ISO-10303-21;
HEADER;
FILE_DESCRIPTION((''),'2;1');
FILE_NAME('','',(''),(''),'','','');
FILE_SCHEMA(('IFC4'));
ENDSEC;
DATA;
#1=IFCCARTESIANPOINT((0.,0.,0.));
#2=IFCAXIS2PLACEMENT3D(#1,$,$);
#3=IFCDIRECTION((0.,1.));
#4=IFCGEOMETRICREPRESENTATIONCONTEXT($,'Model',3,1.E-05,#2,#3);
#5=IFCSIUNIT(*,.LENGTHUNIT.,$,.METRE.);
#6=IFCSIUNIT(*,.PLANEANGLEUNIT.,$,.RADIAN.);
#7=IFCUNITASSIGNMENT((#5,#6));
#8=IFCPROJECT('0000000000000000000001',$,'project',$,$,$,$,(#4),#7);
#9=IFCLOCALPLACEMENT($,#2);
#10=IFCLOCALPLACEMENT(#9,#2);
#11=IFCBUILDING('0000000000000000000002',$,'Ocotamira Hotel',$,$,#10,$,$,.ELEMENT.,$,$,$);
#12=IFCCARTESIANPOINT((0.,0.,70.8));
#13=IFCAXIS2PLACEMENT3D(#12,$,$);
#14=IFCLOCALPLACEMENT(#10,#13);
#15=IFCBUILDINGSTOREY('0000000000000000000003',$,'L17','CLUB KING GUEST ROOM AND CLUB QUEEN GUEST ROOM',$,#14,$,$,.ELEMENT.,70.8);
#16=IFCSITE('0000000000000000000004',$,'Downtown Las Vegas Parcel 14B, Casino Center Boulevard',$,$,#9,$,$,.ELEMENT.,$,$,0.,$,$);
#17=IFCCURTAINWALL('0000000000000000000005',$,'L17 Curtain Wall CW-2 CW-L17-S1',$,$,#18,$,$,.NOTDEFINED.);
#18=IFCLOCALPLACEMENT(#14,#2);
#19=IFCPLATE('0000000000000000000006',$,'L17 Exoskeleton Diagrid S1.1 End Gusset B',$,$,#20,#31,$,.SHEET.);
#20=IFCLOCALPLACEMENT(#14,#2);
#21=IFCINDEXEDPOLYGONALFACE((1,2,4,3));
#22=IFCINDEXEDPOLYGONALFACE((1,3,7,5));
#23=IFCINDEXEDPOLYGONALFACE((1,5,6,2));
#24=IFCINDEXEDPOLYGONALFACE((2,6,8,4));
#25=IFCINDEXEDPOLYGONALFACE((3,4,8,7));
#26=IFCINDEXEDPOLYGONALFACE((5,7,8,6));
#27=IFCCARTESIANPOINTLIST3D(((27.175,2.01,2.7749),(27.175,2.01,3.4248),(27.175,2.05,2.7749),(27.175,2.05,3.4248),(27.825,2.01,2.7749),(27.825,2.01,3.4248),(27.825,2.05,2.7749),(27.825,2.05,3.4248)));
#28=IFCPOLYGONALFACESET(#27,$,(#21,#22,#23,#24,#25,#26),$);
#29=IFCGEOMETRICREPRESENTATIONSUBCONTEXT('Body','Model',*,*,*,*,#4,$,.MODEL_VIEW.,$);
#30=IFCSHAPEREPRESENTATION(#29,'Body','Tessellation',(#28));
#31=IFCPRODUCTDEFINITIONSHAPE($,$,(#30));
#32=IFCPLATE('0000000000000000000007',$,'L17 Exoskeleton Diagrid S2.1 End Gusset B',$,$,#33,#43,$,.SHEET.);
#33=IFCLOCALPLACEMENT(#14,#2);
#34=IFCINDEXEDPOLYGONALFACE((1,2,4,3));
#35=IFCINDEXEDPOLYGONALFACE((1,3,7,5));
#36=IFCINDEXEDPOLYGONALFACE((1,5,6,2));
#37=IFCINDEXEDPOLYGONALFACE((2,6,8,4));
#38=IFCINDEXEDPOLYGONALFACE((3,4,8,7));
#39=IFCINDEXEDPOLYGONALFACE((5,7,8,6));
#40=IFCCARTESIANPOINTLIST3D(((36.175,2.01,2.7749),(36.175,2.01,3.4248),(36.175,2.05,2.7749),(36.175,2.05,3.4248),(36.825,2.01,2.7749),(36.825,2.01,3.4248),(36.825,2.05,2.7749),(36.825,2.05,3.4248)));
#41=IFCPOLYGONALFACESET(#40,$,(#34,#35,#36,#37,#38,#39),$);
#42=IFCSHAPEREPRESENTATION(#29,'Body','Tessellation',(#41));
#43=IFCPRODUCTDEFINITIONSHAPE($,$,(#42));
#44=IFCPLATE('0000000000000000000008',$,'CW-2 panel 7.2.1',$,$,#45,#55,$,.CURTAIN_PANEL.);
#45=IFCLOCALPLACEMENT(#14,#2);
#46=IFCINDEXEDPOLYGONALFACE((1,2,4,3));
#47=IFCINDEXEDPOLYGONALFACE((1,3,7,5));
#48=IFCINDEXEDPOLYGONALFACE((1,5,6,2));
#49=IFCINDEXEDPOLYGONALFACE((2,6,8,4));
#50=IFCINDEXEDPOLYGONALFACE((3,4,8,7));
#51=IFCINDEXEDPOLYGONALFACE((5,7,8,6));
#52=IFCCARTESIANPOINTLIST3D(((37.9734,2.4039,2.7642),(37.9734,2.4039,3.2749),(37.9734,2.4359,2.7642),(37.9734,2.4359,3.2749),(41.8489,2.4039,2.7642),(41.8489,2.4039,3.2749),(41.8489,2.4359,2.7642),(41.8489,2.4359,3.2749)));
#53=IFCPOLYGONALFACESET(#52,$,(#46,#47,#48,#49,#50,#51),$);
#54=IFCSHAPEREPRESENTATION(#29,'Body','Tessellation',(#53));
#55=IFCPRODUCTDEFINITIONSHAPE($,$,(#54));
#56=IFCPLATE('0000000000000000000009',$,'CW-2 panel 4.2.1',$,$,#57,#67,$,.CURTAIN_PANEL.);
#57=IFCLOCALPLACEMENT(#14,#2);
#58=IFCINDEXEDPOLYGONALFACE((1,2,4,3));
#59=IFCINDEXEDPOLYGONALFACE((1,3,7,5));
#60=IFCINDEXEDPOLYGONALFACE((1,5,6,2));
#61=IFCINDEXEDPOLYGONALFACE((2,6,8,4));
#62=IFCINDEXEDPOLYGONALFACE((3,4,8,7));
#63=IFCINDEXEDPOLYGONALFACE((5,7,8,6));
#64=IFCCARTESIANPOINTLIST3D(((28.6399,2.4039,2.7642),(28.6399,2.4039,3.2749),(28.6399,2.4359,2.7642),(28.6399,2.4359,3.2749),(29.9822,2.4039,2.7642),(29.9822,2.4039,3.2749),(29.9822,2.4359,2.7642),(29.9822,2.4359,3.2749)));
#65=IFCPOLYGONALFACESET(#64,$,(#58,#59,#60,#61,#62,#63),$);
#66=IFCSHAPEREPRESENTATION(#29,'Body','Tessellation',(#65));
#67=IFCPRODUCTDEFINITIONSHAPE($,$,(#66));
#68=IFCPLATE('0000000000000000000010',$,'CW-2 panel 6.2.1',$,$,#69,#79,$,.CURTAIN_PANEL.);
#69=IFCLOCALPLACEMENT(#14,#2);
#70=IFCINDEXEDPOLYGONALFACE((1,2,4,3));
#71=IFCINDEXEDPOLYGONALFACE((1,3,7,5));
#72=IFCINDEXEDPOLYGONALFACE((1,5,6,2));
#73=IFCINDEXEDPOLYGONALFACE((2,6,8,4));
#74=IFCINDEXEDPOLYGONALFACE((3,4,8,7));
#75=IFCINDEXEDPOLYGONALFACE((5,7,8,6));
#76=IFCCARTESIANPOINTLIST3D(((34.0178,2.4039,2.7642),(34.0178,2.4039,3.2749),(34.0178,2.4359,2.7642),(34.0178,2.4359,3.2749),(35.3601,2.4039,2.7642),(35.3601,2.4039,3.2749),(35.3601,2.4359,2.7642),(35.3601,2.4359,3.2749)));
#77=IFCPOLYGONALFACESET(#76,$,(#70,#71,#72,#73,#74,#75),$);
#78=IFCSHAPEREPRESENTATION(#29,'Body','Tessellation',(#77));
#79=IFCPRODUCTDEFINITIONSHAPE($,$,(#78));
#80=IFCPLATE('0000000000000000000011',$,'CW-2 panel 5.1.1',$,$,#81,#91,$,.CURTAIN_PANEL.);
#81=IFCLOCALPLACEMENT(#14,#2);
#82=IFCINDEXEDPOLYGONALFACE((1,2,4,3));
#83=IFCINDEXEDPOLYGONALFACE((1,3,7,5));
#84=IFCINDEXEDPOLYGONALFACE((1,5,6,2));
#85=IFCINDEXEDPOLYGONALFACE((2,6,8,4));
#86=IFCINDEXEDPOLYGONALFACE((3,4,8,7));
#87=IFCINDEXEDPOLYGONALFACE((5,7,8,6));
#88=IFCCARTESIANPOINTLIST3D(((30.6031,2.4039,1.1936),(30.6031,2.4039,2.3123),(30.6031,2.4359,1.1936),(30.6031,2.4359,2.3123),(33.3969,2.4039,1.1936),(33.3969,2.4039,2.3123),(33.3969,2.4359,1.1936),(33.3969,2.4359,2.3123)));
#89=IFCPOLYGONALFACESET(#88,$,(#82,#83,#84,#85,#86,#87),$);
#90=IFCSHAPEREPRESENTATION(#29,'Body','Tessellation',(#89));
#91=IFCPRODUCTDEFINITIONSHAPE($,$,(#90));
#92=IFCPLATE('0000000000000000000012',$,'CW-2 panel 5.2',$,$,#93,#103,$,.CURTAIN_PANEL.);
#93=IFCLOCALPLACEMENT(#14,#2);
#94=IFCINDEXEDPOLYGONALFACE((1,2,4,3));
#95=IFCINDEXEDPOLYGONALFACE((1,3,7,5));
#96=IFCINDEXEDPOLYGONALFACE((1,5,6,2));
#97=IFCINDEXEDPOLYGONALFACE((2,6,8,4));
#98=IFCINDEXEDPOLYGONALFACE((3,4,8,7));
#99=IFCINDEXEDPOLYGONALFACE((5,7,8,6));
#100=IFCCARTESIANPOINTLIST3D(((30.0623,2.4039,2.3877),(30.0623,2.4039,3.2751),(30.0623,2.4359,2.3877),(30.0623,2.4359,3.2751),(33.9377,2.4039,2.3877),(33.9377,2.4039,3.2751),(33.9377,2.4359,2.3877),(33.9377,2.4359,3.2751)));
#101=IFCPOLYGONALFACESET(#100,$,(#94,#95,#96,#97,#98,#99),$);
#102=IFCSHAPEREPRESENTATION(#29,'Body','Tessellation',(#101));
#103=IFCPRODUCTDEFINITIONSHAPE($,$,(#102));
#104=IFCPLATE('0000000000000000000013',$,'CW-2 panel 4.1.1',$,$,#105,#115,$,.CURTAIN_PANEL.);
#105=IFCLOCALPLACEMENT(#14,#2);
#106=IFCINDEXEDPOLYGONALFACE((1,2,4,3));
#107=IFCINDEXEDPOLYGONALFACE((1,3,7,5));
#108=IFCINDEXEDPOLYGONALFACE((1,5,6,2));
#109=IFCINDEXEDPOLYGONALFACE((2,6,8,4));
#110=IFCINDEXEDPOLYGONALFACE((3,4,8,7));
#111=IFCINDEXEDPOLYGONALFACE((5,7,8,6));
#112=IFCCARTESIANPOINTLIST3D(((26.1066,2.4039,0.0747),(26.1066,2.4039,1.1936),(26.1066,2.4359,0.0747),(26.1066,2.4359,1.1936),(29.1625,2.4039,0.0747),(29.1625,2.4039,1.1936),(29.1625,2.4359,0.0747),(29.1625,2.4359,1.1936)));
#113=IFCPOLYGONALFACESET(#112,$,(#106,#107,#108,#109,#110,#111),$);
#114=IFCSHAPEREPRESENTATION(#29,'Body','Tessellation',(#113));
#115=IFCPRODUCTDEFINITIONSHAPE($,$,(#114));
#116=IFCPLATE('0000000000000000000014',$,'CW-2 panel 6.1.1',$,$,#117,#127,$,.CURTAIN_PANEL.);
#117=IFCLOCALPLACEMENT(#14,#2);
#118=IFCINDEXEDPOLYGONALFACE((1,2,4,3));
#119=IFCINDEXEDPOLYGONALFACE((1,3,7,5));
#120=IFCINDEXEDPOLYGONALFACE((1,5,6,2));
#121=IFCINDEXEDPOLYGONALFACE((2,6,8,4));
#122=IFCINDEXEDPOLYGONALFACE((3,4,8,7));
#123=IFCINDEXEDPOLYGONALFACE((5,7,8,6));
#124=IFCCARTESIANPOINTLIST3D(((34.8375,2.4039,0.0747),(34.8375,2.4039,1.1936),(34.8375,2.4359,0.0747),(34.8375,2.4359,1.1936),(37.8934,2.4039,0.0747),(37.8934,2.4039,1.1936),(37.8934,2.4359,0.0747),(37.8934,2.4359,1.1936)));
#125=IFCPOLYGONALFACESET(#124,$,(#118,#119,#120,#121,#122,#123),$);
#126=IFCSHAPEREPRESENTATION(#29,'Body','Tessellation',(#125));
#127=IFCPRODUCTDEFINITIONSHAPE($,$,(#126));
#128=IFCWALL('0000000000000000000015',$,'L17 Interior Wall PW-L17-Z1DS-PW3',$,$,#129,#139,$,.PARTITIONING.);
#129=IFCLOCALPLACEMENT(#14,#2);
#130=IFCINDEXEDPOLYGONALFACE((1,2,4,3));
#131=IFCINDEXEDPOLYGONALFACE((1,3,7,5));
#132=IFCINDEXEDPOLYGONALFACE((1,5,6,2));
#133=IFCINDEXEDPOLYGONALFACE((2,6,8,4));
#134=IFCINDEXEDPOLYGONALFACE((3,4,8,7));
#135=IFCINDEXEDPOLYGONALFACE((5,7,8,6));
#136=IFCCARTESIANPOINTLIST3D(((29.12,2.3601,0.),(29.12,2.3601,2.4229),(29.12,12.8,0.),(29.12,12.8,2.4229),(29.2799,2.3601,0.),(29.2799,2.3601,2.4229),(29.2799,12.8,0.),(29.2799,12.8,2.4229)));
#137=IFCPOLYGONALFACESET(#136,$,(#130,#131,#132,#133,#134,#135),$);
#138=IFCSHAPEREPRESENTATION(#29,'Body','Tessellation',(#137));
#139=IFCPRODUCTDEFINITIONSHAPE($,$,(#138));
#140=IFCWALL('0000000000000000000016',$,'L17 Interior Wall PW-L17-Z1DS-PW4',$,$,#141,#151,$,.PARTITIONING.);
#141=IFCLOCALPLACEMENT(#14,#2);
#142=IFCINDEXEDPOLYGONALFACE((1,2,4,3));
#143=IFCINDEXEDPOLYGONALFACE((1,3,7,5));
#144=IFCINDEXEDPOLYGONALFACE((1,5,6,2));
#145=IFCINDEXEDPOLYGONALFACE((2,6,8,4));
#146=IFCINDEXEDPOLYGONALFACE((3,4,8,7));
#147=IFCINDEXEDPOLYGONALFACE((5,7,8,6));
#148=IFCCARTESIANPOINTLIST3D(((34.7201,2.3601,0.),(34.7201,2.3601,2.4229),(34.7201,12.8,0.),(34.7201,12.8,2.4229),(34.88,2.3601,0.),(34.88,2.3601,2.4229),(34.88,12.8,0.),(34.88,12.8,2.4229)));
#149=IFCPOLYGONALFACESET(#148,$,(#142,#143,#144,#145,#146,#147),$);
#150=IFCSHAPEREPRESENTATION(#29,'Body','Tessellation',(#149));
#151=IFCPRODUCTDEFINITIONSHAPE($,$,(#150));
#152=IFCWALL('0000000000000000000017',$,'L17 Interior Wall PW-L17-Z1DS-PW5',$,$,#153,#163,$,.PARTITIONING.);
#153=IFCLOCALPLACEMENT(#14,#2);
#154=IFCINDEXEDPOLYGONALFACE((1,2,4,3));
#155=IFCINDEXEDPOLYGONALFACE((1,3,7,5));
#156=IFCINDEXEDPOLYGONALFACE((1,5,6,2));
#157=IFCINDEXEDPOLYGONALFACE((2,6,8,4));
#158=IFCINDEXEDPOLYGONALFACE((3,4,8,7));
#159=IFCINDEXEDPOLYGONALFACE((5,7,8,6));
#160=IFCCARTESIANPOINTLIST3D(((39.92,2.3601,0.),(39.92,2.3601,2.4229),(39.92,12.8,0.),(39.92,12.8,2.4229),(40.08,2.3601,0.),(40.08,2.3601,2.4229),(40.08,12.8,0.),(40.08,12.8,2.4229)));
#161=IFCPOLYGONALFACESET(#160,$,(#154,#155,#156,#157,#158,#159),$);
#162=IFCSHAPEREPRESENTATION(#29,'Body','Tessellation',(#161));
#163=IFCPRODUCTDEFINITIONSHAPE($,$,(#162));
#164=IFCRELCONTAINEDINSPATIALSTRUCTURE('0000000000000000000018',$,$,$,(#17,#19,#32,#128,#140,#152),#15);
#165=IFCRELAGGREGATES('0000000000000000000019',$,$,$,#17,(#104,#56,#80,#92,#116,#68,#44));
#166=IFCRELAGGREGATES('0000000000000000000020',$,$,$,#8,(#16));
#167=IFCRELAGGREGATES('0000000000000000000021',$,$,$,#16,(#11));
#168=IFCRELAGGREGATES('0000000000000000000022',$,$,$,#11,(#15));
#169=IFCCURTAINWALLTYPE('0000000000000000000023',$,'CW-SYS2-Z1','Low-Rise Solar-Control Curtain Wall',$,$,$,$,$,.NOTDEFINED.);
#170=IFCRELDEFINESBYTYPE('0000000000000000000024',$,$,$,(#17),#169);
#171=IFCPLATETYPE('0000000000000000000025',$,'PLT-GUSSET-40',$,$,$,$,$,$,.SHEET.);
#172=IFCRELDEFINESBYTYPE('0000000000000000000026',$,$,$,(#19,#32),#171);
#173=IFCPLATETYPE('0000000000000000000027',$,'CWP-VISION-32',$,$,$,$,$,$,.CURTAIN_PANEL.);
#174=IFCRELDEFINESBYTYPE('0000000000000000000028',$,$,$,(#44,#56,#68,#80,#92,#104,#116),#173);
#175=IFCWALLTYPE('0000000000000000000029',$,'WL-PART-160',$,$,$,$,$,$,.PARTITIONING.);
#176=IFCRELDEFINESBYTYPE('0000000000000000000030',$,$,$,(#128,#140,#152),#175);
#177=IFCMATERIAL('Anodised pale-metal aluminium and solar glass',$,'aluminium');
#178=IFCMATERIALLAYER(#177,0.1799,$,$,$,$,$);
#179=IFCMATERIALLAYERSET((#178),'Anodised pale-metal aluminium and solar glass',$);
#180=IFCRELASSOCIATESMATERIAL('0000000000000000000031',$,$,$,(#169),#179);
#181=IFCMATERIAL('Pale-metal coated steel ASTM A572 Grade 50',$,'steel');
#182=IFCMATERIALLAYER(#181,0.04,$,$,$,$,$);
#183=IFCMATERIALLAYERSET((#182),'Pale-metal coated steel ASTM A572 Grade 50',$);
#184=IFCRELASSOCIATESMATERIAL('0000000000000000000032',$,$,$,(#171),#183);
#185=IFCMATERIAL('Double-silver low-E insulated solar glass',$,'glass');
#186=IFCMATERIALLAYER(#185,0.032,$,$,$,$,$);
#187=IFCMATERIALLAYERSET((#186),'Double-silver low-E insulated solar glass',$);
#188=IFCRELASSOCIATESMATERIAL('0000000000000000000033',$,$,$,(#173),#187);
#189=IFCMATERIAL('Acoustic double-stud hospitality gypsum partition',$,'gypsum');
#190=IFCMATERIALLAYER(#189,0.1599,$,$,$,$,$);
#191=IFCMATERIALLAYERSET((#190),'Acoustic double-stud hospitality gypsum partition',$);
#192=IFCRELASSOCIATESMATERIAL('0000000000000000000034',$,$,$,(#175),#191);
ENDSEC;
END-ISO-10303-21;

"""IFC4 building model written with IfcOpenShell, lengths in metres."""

from ifc_helpers import new_model, si_unit, direction, frame, frame_2d, origin, origin_2d, place, context, subcontext, project, spatial, rectangle, extrude, source, transform, mapped, material, layer, layer_set, type_object, element, aggregate, save


model = new_model("IFC4")

# Units and contexts
model_context = context("Model", 3, precision=1e-05, world=origin(), true_north=direction((0.0, 1.0)))
body_context = subcontext(model_context, "Body", "Model", "MODEL_VIEW")
ifc_project = project(units=[si_unit("LENGTHUNIT", "METRE"), si_unit("PLANEANGLEUNIT", "RADIAN")], contexts=[model_context])

# Site, building, storey
site_placement = place(None, origin())
site = spatial("IfcSite", under=ifc_project, at=site_placement, Name="Downtown Las Vegas Parcel 14B, Casino Center Boulevard", CompositionType="ELEMENT", RefElevation=0.0)
building_placement = place(site_placement, origin())
building = spatial("IfcBuilding", under=site, at=building_placement, Name="Ocotamira Hotel", CompositionType="ELEMENT")
storey_placement = place(building_placement, frame((0.0, 0.0, 70.8)))
storey = spatial("IfcBuildingStorey", under=building, at=storey_placement, Name="L17", Description="CLUB KING GUEST ROOM AND CLUB QUEEN GUEST ROOM", CompositionType="ELEMENT", Elevation=70.8)

# Curtain wall
ifc_material_1 = material(Name="Anodised pale-metal aluminium and solar glass", Category="aluminium")
ifc_layer_1 = layer(ifc_material_1, 0.1799)
ifc_layer_set_1 = layer_set([ifc_layer_1], Name="Anodised pale-metal aluminium and solar glass")
curtain_wall_type = type_object("IfcCurtainWallType", Name="CW-SYS2-Z1", Description="Low-Rise Solar-Control Curtain Wall", PredefinedType="NOTDEFINED", material=ifc_layer_set_1)
curtain_wall_placement = place(storey_placement, origin())
curtain_wall = element("IfcCurtainWall", 1, at=curtain_wall_placement, inside=storey, type_object=curtain_wall_type, Name="L17 Curtain Wall CW-2 CW-L17-S1", PredefinedType="NOTDEFINED")

# Plates
ifc_material_2 = material(Name="Pale-metal coated steel ASTM A572 Grade 50", Category="steel")
ifc_layer_2 = layer(ifc_material_2, 0.04)
ifc_layer_set_2 = layer_set([ifc_layer_2], Name="Pale-metal coated steel ASTM A572 Grade 50")
plate_type_1 = type_object("IfcPlateType", Name="PLT-GUSSET-40", PredefinedType="SHEET", material=ifc_layer_set_2)
shared_shape_1 = source(origin(), body_context, "Body", "SweptSolid", [
    extrude(rectangle(XDim=0.6499, YDim=0.04, at=origin_2d()), origin(), (0.0, 0.0, 1.0), 0.6499),
])
for number, where, z_axis, x_axis, name in (
    (2, (27.5, 2.03, 2.7749), (0.0, 0.0, 1.0), (1.0, 0.0, 0.0), "L17 Exoskeleton Diagrid S1.1 End Gusset B"),
    (3, (36.5, 2.03, 2.7749), (0.0, 0.0, 1.0), (1.0, 0.0, 0.0), "L17 Exoskeleton Diagrid S2.1 End Gusset B"),
):
    element("IfcPlate", number, at=place(storey_placement, frame(where, z_axis=z_axis, x_axis=x_axis)), inside=storey, type_object=plate_type_1, Name=name, PredefinedType="SHEET", context=body_context, shape_type="MappedRepresentation", body=[
        mapped(shared_shape_1, transform((0.0, 0.0, 0.0), scale=1.0)),
    ])

# Plates
ifc_material_3 = material(Name="Double-silver low-E insulated solar glass", Category="glass")
ifc_layer_3 = layer(ifc_material_3, 0.032)
ifc_layer_set_3 = layer_set([ifc_layer_3], Name="Double-silver low-E insulated solar glass")
plate_type_2 = type_object("IfcPlateType", Name="CWP-VISION-32", PredefinedType="CURTAIN_PANEL", material=ifc_layer_set_3)
shared_shape_2 = source(origin(), body_context, "Body", "SweptSolid", [
    extrude(rectangle(XDim=3.8755, YDim=0.032, at=origin_2d()), origin(), (0.0, 0.0, 1.0), 0.5107),
])
plate_1_placement = place(storey_placement, frame((39.9111, 2.4199, 2.7642), z_axis=(0.0, 0.0, 1.0), x_axis=(1.0, 0.0, 0.0)))
plate_1 = element("IfcPlate", 4, at=plate_1_placement, type_object=plate_type_2, Name="CW-2 panel 7.2.1", PredefinedType="CURTAIN_PANEL", context=body_context, shape_type="MappedRepresentation", body=[
    mapped(shared_shape_2, transform((0.0, 0.0, 0.0), scale=1.0)),
])
shared_shape_3 = source(origin(), body_context, "Body", "SweptSolid", [
    extrude(rectangle(XDim=1.3423, YDim=0.032, at=origin_2d()), origin(), (0.0, 0.0, 1.0), 0.5107),
])
plate_2_placement = place(storey_placement, frame((29.311, 2.4199, 2.7642), z_axis=(0.0, 0.0, 1.0), x_axis=(1.0, 0.0, 0.0)))
plate_2 = element("IfcPlate", 5, at=plate_2_placement, type_object=plate_type_2, Name="CW-2 panel 4.2.1", PredefinedType="CURTAIN_PANEL", context=body_context, shape_type="MappedRepresentation", body=[
    mapped(shared_shape_3, transform((0.0, 0.0, 0.0), scale=1.0)),
])
plate_3_placement = place(storey_placement, frame((34.689, 2.4199, 2.7642), z_axis=(0.0, 0.0, 1.0), x_axis=(1.0, 0.0, 0.0)))
plate_3 = element("IfcPlate", 6, at=plate_3_placement, type_object=plate_type_2, Name="CW-2 panel 6.2.1", PredefinedType="CURTAIN_PANEL", context=body_context, shape_type="MappedRepresentation", body=[
    mapped(shared_shape_3, transform((0.0, 0.0, 0.0), scale=1.0)),
])
shared_shape_4 = source(origin(), body_context, "Body", "SweptSolid", [
    extrude(rectangle(XDim=2.7937, YDim=0.032, at=origin_2d()), origin(), (0.0, 0.0, 1.0), 1.1187),
])
plate_4_placement = place(storey_placement, frame((32.0, 2.4199, 1.1936), z_axis=(0.0, 0.0, 1.0), x_axis=(1.0, 0.0, 0.0)))
plate_4 = element("IfcPlate", 7, at=plate_4_placement, type_object=plate_type_2, Name="CW-2 panel 5.1.1", PredefinedType="CURTAIN_PANEL", context=body_context, shape_type="MappedRepresentation", body=[
    mapped(shared_shape_4, transform((0.0, 0.0, 0.0), scale=1.0)),
])
shared_shape_5 = source(origin(), body_context, "Body", "SweptSolid", [
    extrude(rectangle(XDim=3.8755, YDim=0.032, at=origin_2d()), origin(), (0.0, 0.0, 1.0), 0.8875),
])
plate_5_placement = place(storey_placement, frame((32.0, 2.4199, 2.3877), z_axis=(0.0, 0.0, 1.0), x_axis=(1.0, 0.0, 0.0)))
plate_5 = element("IfcPlate", 8, at=plate_5_placement, type_object=plate_type_2, Name="CW-2 panel 5.2", PredefinedType="CURTAIN_PANEL", context=body_context, shape_type="MappedRepresentation", body=[
    mapped(shared_shape_5, transform((0.0, 0.0, 0.0), scale=1.0)),
])
shared_shape_6 = source(origin(), body_context, "Body", "SweptSolid", [
    extrude(rectangle(XDim=3.0559, YDim=0.032, at=origin_2d()), origin(), (0.0, 0.0, 1.0), 1.1189),
])
plate_6_placement = place(storey_placement, frame((27.6345, 2.4199, 0.0747), z_axis=(0.0, 0.0, 1.0), x_axis=(1.0, 0.0, 0.0)))
plate_6 = element("IfcPlate", 9, at=plate_6_placement, type_object=plate_type_2, Name="CW-2 panel 4.1.1", PredefinedType="CURTAIN_PANEL", context=body_context, shape_type="MappedRepresentation", body=[
    mapped(shared_shape_6, transform((0.0, 0.0, 0.0), scale=1.0)),
])
plate_7_placement = place(storey_placement, frame((36.3655, 2.4199, 0.0747), z_axis=(0.0, 0.0, 1.0), x_axis=(1.0, 0.0, 0.0)))
plate_7 = element("IfcPlate", 10, at=plate_7_placement, type_object=plate_type_2, Name="CW-2 panel 6.1.1", PredefinedType="CURTAIN_PANEL", context=body_context, shape_type="MappedRepresentation", body=[
    mapped(shared_shape_6, transform((0.0, 0.0, 0.0), scale=1.0)),
])
aggregate(curtain_wall, [plate_6, plate_2, plate_4, plate_5, plate_7, plate_3, plate_1])

# Walls
ifc_material_4 = material(Name="Acoustic double-stud hospitality gypsum partition", Category="gypsum")
ifc_layer_4 = layer(ifc_material_4, 0.1599)
ifc_layer_set_4 = layer_set([ifc_layer_4], Name="Acoustic double-stud hospitality gypsum partition")
wall_type = type_object("IfcWallType", Name="WL-PART-160", PredefinedType="PARTITIONING", material=ifc_layer_set_4)
for number, where, z_axis, x_axis, name in (
    (11, (29.2, 2.3601, 0.0), (0.0, 0.0, 1.0), (0.0, 1.0, 0.0), "L17 Interior Wall PW-L17-Z1DS-PW3"),
    (12, (34.8, 2.3601, 0.0), (0.0, 0.0, 1.0), (0.0, 1.0, 0.0), "L17 Interior Wall PW-L17-Z1DS-PW4"),
    (13, (40.0, 2.3601, 0.0), (0.0, 0.0, 1.0), (0.0, 1.0, 0.0), "L17 Interior Wall PW-L17-Z1DS-PW5"),
):
    element("IfcWall", number, at=place(storey_placement, frame(where, z_axis=z_axis, x_axis=x_axis)), inside=storey, type_object=wall_type, Name=name, PredefinedType="PARTITIONING", context=body_context, shape_type="SweptSolid", body=[
        extrude(rectangle(XDim=10.4399, YDim=0.1599, at=frame_2d((5.22, 0.0))), origin(), (0.0, 0.0, 1.0), 2.4229),
    ])

save(model, "model.ifc")
